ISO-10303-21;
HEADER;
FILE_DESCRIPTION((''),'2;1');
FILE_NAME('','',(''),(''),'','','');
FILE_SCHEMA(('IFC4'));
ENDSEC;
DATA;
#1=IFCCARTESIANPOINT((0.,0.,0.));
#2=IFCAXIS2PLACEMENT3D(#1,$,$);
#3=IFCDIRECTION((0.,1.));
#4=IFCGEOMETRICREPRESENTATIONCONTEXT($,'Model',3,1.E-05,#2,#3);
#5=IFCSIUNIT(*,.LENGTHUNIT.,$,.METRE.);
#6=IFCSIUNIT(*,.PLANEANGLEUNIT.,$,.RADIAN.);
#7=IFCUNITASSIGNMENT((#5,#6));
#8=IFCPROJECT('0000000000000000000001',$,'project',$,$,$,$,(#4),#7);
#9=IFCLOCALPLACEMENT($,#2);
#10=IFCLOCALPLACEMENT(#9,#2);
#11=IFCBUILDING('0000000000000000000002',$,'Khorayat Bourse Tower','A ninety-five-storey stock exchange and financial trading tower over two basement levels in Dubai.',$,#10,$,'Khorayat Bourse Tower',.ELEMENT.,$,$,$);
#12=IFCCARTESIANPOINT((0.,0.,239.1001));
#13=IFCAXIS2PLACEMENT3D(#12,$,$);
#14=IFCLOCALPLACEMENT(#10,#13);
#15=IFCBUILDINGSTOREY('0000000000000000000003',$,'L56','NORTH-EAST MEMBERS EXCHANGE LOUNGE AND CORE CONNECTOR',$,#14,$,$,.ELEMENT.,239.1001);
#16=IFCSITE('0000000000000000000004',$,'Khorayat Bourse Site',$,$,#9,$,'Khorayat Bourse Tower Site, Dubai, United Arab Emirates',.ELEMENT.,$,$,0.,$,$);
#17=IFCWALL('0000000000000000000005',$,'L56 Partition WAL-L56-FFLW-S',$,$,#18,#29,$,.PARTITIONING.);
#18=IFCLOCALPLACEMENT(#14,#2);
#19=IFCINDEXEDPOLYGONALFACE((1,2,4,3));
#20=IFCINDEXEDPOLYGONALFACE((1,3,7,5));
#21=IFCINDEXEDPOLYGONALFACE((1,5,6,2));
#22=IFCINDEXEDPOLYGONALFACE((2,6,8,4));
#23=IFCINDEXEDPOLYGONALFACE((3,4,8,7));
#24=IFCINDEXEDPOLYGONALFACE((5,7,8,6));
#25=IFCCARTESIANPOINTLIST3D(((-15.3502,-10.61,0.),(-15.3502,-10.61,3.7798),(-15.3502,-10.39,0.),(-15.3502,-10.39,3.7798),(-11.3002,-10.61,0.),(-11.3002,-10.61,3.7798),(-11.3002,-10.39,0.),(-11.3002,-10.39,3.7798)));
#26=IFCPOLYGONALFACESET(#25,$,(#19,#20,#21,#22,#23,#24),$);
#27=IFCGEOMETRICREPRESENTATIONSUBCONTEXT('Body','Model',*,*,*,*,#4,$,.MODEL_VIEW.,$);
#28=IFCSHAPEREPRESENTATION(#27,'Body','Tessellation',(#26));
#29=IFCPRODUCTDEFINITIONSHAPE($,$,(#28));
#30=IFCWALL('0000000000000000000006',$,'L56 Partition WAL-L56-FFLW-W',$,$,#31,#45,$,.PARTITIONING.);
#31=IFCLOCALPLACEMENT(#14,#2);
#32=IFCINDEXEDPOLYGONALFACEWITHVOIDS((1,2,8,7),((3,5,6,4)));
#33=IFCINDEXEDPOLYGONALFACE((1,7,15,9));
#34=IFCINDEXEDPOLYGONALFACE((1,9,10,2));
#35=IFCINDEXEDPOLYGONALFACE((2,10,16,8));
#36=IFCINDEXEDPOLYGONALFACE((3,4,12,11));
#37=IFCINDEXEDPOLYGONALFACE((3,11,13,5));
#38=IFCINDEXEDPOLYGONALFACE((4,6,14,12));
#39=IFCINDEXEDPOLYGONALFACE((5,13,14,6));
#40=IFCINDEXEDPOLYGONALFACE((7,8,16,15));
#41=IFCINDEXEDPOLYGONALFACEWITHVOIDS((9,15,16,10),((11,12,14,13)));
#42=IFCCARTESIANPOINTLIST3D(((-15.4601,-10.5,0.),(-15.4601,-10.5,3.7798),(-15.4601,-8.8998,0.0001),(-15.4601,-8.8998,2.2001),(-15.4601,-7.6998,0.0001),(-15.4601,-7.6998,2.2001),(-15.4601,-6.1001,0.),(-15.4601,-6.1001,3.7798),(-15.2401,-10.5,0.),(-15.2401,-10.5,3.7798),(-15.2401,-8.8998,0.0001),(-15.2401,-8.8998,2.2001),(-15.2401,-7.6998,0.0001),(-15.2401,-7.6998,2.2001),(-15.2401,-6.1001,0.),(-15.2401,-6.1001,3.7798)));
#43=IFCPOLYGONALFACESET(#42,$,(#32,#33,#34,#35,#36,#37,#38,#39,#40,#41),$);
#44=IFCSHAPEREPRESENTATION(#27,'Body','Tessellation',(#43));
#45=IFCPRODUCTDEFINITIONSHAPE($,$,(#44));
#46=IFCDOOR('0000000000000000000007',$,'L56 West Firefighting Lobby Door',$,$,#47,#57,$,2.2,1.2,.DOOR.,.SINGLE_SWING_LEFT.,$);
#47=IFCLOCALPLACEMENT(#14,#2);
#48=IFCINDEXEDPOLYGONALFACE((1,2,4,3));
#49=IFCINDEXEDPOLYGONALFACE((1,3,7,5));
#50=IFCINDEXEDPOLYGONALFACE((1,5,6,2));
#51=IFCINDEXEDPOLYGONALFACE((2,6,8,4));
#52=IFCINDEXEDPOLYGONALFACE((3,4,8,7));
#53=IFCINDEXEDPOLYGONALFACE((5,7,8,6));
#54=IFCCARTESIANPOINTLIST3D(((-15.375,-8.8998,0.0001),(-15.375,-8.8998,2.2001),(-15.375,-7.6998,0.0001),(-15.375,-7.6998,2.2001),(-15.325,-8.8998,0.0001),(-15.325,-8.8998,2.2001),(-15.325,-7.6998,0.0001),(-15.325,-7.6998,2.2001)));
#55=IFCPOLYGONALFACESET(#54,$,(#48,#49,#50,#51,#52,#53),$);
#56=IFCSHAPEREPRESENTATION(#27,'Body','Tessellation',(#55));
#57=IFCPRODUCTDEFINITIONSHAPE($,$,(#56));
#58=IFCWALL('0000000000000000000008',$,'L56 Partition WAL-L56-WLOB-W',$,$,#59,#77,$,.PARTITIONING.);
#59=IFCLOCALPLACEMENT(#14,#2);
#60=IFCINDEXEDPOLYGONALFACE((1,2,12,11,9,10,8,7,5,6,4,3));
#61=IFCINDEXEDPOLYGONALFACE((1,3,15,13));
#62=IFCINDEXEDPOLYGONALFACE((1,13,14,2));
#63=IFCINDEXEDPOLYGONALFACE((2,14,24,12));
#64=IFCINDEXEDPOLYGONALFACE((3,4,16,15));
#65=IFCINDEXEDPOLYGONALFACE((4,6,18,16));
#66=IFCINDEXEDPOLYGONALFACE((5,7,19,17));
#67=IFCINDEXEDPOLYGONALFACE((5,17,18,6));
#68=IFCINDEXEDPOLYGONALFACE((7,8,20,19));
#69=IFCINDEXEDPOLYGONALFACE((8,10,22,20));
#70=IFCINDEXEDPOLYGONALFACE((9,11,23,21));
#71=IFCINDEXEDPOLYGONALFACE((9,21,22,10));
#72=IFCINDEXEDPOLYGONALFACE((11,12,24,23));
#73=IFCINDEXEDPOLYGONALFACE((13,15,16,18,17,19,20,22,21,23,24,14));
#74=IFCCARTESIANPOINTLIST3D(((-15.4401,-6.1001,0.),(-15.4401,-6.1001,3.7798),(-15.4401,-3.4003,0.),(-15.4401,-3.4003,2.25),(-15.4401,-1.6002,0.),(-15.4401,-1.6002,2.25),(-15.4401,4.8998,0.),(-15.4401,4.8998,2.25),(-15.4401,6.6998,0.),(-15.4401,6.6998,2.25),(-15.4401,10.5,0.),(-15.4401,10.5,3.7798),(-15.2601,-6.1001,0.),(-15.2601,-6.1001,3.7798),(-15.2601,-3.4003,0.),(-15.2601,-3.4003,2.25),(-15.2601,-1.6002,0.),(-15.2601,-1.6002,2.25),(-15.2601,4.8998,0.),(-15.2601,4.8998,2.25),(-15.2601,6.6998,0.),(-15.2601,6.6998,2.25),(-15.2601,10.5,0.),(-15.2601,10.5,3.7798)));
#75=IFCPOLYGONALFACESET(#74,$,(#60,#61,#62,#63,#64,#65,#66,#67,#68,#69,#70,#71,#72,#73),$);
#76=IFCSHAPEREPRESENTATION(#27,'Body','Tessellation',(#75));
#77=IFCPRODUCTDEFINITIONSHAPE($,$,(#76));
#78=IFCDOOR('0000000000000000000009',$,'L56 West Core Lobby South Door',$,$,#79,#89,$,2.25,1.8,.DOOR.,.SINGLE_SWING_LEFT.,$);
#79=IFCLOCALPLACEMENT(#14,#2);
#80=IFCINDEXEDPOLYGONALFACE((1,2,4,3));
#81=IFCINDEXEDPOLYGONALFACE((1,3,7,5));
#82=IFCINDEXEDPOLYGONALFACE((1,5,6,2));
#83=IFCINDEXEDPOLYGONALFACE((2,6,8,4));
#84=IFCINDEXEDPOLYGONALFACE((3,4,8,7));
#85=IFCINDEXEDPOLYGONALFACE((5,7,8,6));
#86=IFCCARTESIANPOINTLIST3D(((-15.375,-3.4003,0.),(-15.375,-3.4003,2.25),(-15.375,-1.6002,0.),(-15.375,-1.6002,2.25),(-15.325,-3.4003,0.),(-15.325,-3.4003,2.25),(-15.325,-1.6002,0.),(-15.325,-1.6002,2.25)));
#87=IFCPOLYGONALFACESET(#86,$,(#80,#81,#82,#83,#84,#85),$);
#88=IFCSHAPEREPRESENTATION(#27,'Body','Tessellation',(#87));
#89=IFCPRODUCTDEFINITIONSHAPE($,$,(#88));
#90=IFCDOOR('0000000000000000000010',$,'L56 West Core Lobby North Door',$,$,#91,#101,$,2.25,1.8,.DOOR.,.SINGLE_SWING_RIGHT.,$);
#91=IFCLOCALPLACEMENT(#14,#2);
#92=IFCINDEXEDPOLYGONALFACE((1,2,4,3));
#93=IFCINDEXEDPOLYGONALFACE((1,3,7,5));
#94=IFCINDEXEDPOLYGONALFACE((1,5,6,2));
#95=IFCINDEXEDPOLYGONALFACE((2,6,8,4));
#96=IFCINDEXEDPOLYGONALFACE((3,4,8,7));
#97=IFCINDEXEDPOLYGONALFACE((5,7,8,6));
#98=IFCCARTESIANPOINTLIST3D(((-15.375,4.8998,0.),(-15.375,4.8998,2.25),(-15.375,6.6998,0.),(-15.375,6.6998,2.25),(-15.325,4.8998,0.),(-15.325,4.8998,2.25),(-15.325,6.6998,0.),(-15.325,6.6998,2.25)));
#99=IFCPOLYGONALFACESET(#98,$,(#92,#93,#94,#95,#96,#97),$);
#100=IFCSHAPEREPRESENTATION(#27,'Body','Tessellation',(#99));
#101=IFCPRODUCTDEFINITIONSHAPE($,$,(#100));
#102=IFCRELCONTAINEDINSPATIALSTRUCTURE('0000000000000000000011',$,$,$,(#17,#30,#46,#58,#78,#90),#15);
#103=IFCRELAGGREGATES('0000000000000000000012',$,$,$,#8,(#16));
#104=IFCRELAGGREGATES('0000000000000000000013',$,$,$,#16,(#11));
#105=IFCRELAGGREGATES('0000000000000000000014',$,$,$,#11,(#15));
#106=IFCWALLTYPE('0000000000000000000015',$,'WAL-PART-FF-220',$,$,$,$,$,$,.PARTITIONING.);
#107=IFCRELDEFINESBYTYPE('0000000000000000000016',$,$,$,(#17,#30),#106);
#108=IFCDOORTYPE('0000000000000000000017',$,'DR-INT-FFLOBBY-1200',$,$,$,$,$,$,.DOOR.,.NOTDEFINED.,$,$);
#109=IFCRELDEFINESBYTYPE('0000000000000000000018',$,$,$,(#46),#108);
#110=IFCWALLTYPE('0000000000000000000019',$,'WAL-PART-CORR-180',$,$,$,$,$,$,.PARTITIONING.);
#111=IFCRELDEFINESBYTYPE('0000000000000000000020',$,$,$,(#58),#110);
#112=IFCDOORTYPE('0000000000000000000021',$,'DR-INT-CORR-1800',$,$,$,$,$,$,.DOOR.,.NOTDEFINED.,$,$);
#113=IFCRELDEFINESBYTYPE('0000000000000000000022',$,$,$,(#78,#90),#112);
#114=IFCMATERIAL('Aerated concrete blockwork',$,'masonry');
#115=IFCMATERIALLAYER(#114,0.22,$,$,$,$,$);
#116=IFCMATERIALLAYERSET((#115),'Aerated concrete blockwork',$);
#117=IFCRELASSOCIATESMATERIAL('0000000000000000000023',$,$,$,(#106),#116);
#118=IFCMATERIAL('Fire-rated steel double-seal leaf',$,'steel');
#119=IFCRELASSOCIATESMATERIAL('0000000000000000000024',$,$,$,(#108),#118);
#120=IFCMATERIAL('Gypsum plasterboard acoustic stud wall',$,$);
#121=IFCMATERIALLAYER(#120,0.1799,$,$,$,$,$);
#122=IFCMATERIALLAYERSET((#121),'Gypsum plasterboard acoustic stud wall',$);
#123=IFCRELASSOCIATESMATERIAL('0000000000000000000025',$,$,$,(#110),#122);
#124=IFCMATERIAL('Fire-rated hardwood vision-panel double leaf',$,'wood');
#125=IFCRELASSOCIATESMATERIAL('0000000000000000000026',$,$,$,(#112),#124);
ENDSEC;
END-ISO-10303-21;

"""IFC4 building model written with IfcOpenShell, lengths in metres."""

from ifc_helpers import new_model, si_unit, direction, frame, frame_2d, origin, place, context, subcontext, project, spatial, rectangle, extrude, source, transform, mapped, material, layer, layer_set, type_object, element, fill, save


model = new_model("IFC4")

# Units and contexts
model_context = context("Model", 3, precision=1e-05, world=origin(), true_north=direction((0.0, 1.0)))
body_context = subcontext(model_context, "Body", "Model", "MODEL_VIEW")
ifc_project = project(units=[si_unit("LENGTHUNIT", "METRE"), si_unit("PLANEANGLEUNIT", "RADIAN")], contexts=[model_context])

# Site, building, storey
site_placement = place(None, origin())
site = spatial("IfcSite", under=ifc_project, at=site_placement, Name="Khorayat Bourse Site", LongName="Khorayat Bourse Tower Site, Dubai, United Arab Emirates", CompositionType="ELEMENT", RefElevation=0.0)
building_placement = place(site_placement, origin())
building = spatial("IfcBuilding", under=site, at=building_placement, Name="Khorayat Bourse Tower", Description="A ninety-five-storey stock exchange and financial trading tower over two basement levels in Dubai.", LongName="Khorayat Bourse Tower", CompositionType="ELEMENT")
storey_placement = place(building_placement, frame((0.0, 0.0, 239.1001)))
storey = spatial("IfcBuildingStorey", under=building, at=storey_placement, Name="L56", Description="NORTH-EAST MEMBERS EXCHANGE LOUNGE AND CORE CONNECTOR", CompositionType="ELEMENT", Elevation=239.1001)

# Wall
ifc_material_1 = material(Name="Aerated concrete blockwork", Category="masonry")
ifc_layer_1 = layer(ifc_material_1, 0.22)
ifc_layer_set_1 = layer_set([ifc_layer_1], Name="Aerated concrete blockwork")
wall_type_1 = type_object("IfcWallType", Name="WAL-PART-FF-220", PredefinedType="PARTITIONING", material=ifc_layer_set_1)
shared_shape_1 = source(origin(), body_context, "Body", "SweptSolid", [
    extrude(rectangle(XDim=4.05, YDim=0.22, at=frame_2d((2.0249, 0.0))), origin(), (0.0, 0.0, 1.0), 3.7798),
])
wall_1_placement = place(storey_placement, frame((-15.3501, -10.5, 0.0), z_axis=(0.0, 0.0, 1.0), x_axis=(1.0, 0.0, 0.0)))
element("IfcWall", 1, at=wall_1_placement, inside=storey, type_object=wall_type_1, Name="L56 Partition WAL-L56-FFLW-S", PredefinedType="PARTITIONING", context=body_context, shape_type="MappedRepresentation", body=[
    mapped(shared_shape_1, transform((0.0, 0.0, 0.0), scale=1.0)),
])

# Wall, opening, door
shared_shape_2 = source(origin(), body_context, "Body", "SweptSolid", [
    extrude(rectangle(XDim=4.3999, YDim=0.22, at=frame_2d((2.2, 0.0))), origin(), (0.0, 0.0, 1.0), 3.7798),
])
wall_2_placement = place(storey_placement, frame((-15.3501, -10.5, 0.0), z_axis=(0.0, 0.0, 1.0), x_axis=(0.0, 1.0, 0.0)))
wall_2 = element("IfcWall", 2, at=wall_2_placement, inside=storey, type_object=wall_type_1, Name="L56 Partition WAL-L56-FFLW-W", PredefinedType="PARTITIONING", context=body_context, shape_type="MappedRepresentation", body=[
    mapped(shared_shape_2, transform((0.0, 0.0, 0.0), scale=1.0)),
])
shared_shape_3 = source(origin(), body_context, "Body", "SweptSolid", [
    extrude(rectangle(XDim=1.2, YDim=2.2, at=frame_2d((0.6001, 1.1001))), frame((0.0, 0.1199, 0.0), z_axis=(0.0, -1.0, 0.0), x_axis=(1.0, 0.0, 0.0)), (0.0, 0.0, 1.0), 0.24),
])
opening_1_placement = place(wall_2_placement, frame((1.6001, 0.0, 0.0)))
opening_1 = element("IfcOpeningElement", 3, at=opening_1_placement, cuts=wall_2, PredefinedType="OPENING", context=body_context, shape_type="MappedRepresentation", body=[
    mapped(shared_shape_3, transform((0.0, 0.0, 0.0), scale=1.0)),
])
ifc_material_2 = material(Name="Fire-rated steel double-seal leaf", Category="steel")
door_type_1 = type_object("IfcDoorType", Name="DR-INT-FFLOBBY-1200", OperationType="NOTDEFINED", PredefinedType="DOOR", material=ifc_material_2)
shared_shape_4 = source(origin(), body_context, "Body", "SweptSolid", [
    extrude(rectangle(XDim=1.2, YDim=2.2, at=frame_2d((0.6001, 1.1001))), frame((0.0, 0.0249, 0.0), z_axis=(0.0, -1.0, 0.0), x_axis=(1.0, 0.0, 0.0)), (0.0, 0.0, 1.0), 0.05),
])
door_1_placement = place(opening_1_placement, origin())
door_1 = element("IfcDoor", 4, at=door_1_placement, inside=storey, type_object=door_type_1, Name="L56 West Firefighting Lobby Door", OperationType="SINGLE_SWING_LEFT", OverallHeight=2.2, OverallWidth=1.2, PredefinedType="DOOR", context=body_context, shape_type="MappedRepresentation", body=[
    mapped(shared_shape_4, transform((0.0, 0.0, 0.0), scale=1.0)),
])
fill(opening_1, door_1)

# Wall, openings, doors
ifc_material_3 = material(Name="Gypsum plasterboard acoustic stud wall")
ifc_layer_2 = layer(ifc_material_3, 0.1799)
ifc_layer_set_2 = layer_set([ifc_layer_2], Name="Gypsum plasterboard acoustic stud wall")
wall_type_2 = type_object("IfcWallType", Name="WAL-PART-CORR-180", PredefinedType="PARTITIONING", material=ifc_layer_set_2)
shared_shape_5 = source(origin(), body_context, "Body", "SweptSolid", [
    extrude(rectangle(XDim=16.6001, YDim=0.1799, at=frame_2d((8.3, 0.0))), origin(), (0.0, 0.0, 1.0), 3.7798),
])
wall_3_placement = place(storey_placement, frame((-15.3501, -6.1001, 0.0), z_axis=(0.0, 0.0, 1.0), x_axis=(0.0, 1.0, 0.0)))
wall_3 = element("IfcWall", 5, at=wall_3_placement, inside=storey, type_object=wall_type_2, Name="L56 Partition WAL-L56-WLOB-W", PredefinedType="PARTITIONING", context=body_context, shape_type="MappedRepresentation", body=[
    mapped(shared_shape_5, transform((0.0, 0.0, 0.0), scale=1.0)),
])
shared_shape_6 = source(origin(), body_context, "Body", "SweptSolid", [
    extrude(rectangle(XDim=1.8, YDim=2.25, at=frame_2d((0.8999, 1.125))), frame((0.0, 0.0999, 0.0), z_axis=(0.0, -1.0, 0.0), x_axis=(1.0, 0.0, 0.0)), (0.0, 0.0, 1.0), 0.2),
])
opening_2_placement = place(wall_3_placement, frame((2.7, 0.0, 0.0)))
opening_2 = element("IfcOpeningElement", 6, at=opening_2_placement, cuts=wall_3, PredefinedType="OPENING", context=body_context, shape_type="MappedRepresentation", body=[
    mapped(shared_shape_6, transform((0.0, 0.0, 0.0), scale=1.0)),
])
opening_3_placement = place(wall_3_placement, frame((11.0, 0.0, 0.0)))
opening_3 = element("IfcOpeningElement", 7, at=opening_3_placement, cuts=wall_3, PredefinedType="OPENING", context=body_context, shape_type="MappedRepresentation", body=[
    mapped(shared_shape_6, transform((0.0, 0.0, 0.0), scale=1.0)),
])
ifc_material_4 = material(Name="Fire-rated hardwood vision-panel double leaf", Category="wood")
door_type_2 = type_object("IfcDoorType", Name="DR-INT-CORR-1800", OperationType="NOTDEFINED", PredefinedType="DOOR", material=ifc_material_4)
shared_shape_7 = source(origin(), body_context, "Body", "SweptSolid", [
    extrude(rectangle(XDim=1.8, YDim=2.25, at=frame_2d((0.8999, 1.125))), frame((0.0, 0.0249, 0.0), z_axis=(0.0, -1.0, 0.0), x_axis=(1.0, 0.0, 0.0)), (0.0, 0.0, 1.0), 0.05),
])
door_2_placement = place(opening_2_placement, origin())
door_2 = element("IfcDoor", 8, at=door_2_placement, inside=storey, type_object=door_type_2, Name="L56 West Core Lobby South Door", OperationType="SINGLE_SWING_LEFT", OverallHeight=2.25, OverallWidth=1.8, PredefinedType="DOOR", context=body_context, shape_type="MappedRepresentation", body=[
    mapped(shared_shape_7, transform((0.0, 0.0, 0.0), scale=1.0)),
])
fill(opening_2, door_2)
door_3_placement = place(opening_3_placement, origin())
door_3 = element("IfcDoor", 9, at=door_3_placement, inside=storey, type_object=door_type_2, Name="L56 West Core Lobby North Door", OperationType="SINGLE_SWING_RIGHT", OverallHeight=2.25, OverallWidth=1.8, PredefinedType="DOOR", context=body_context, shape_type="MappedRepresentation", body=[
    mapped(shared_shape_7, transform((0.0, 0.0, 0.0), scale=1.0)),
])
fill(opening_3, door_3)

save(model, "model.ifc")
